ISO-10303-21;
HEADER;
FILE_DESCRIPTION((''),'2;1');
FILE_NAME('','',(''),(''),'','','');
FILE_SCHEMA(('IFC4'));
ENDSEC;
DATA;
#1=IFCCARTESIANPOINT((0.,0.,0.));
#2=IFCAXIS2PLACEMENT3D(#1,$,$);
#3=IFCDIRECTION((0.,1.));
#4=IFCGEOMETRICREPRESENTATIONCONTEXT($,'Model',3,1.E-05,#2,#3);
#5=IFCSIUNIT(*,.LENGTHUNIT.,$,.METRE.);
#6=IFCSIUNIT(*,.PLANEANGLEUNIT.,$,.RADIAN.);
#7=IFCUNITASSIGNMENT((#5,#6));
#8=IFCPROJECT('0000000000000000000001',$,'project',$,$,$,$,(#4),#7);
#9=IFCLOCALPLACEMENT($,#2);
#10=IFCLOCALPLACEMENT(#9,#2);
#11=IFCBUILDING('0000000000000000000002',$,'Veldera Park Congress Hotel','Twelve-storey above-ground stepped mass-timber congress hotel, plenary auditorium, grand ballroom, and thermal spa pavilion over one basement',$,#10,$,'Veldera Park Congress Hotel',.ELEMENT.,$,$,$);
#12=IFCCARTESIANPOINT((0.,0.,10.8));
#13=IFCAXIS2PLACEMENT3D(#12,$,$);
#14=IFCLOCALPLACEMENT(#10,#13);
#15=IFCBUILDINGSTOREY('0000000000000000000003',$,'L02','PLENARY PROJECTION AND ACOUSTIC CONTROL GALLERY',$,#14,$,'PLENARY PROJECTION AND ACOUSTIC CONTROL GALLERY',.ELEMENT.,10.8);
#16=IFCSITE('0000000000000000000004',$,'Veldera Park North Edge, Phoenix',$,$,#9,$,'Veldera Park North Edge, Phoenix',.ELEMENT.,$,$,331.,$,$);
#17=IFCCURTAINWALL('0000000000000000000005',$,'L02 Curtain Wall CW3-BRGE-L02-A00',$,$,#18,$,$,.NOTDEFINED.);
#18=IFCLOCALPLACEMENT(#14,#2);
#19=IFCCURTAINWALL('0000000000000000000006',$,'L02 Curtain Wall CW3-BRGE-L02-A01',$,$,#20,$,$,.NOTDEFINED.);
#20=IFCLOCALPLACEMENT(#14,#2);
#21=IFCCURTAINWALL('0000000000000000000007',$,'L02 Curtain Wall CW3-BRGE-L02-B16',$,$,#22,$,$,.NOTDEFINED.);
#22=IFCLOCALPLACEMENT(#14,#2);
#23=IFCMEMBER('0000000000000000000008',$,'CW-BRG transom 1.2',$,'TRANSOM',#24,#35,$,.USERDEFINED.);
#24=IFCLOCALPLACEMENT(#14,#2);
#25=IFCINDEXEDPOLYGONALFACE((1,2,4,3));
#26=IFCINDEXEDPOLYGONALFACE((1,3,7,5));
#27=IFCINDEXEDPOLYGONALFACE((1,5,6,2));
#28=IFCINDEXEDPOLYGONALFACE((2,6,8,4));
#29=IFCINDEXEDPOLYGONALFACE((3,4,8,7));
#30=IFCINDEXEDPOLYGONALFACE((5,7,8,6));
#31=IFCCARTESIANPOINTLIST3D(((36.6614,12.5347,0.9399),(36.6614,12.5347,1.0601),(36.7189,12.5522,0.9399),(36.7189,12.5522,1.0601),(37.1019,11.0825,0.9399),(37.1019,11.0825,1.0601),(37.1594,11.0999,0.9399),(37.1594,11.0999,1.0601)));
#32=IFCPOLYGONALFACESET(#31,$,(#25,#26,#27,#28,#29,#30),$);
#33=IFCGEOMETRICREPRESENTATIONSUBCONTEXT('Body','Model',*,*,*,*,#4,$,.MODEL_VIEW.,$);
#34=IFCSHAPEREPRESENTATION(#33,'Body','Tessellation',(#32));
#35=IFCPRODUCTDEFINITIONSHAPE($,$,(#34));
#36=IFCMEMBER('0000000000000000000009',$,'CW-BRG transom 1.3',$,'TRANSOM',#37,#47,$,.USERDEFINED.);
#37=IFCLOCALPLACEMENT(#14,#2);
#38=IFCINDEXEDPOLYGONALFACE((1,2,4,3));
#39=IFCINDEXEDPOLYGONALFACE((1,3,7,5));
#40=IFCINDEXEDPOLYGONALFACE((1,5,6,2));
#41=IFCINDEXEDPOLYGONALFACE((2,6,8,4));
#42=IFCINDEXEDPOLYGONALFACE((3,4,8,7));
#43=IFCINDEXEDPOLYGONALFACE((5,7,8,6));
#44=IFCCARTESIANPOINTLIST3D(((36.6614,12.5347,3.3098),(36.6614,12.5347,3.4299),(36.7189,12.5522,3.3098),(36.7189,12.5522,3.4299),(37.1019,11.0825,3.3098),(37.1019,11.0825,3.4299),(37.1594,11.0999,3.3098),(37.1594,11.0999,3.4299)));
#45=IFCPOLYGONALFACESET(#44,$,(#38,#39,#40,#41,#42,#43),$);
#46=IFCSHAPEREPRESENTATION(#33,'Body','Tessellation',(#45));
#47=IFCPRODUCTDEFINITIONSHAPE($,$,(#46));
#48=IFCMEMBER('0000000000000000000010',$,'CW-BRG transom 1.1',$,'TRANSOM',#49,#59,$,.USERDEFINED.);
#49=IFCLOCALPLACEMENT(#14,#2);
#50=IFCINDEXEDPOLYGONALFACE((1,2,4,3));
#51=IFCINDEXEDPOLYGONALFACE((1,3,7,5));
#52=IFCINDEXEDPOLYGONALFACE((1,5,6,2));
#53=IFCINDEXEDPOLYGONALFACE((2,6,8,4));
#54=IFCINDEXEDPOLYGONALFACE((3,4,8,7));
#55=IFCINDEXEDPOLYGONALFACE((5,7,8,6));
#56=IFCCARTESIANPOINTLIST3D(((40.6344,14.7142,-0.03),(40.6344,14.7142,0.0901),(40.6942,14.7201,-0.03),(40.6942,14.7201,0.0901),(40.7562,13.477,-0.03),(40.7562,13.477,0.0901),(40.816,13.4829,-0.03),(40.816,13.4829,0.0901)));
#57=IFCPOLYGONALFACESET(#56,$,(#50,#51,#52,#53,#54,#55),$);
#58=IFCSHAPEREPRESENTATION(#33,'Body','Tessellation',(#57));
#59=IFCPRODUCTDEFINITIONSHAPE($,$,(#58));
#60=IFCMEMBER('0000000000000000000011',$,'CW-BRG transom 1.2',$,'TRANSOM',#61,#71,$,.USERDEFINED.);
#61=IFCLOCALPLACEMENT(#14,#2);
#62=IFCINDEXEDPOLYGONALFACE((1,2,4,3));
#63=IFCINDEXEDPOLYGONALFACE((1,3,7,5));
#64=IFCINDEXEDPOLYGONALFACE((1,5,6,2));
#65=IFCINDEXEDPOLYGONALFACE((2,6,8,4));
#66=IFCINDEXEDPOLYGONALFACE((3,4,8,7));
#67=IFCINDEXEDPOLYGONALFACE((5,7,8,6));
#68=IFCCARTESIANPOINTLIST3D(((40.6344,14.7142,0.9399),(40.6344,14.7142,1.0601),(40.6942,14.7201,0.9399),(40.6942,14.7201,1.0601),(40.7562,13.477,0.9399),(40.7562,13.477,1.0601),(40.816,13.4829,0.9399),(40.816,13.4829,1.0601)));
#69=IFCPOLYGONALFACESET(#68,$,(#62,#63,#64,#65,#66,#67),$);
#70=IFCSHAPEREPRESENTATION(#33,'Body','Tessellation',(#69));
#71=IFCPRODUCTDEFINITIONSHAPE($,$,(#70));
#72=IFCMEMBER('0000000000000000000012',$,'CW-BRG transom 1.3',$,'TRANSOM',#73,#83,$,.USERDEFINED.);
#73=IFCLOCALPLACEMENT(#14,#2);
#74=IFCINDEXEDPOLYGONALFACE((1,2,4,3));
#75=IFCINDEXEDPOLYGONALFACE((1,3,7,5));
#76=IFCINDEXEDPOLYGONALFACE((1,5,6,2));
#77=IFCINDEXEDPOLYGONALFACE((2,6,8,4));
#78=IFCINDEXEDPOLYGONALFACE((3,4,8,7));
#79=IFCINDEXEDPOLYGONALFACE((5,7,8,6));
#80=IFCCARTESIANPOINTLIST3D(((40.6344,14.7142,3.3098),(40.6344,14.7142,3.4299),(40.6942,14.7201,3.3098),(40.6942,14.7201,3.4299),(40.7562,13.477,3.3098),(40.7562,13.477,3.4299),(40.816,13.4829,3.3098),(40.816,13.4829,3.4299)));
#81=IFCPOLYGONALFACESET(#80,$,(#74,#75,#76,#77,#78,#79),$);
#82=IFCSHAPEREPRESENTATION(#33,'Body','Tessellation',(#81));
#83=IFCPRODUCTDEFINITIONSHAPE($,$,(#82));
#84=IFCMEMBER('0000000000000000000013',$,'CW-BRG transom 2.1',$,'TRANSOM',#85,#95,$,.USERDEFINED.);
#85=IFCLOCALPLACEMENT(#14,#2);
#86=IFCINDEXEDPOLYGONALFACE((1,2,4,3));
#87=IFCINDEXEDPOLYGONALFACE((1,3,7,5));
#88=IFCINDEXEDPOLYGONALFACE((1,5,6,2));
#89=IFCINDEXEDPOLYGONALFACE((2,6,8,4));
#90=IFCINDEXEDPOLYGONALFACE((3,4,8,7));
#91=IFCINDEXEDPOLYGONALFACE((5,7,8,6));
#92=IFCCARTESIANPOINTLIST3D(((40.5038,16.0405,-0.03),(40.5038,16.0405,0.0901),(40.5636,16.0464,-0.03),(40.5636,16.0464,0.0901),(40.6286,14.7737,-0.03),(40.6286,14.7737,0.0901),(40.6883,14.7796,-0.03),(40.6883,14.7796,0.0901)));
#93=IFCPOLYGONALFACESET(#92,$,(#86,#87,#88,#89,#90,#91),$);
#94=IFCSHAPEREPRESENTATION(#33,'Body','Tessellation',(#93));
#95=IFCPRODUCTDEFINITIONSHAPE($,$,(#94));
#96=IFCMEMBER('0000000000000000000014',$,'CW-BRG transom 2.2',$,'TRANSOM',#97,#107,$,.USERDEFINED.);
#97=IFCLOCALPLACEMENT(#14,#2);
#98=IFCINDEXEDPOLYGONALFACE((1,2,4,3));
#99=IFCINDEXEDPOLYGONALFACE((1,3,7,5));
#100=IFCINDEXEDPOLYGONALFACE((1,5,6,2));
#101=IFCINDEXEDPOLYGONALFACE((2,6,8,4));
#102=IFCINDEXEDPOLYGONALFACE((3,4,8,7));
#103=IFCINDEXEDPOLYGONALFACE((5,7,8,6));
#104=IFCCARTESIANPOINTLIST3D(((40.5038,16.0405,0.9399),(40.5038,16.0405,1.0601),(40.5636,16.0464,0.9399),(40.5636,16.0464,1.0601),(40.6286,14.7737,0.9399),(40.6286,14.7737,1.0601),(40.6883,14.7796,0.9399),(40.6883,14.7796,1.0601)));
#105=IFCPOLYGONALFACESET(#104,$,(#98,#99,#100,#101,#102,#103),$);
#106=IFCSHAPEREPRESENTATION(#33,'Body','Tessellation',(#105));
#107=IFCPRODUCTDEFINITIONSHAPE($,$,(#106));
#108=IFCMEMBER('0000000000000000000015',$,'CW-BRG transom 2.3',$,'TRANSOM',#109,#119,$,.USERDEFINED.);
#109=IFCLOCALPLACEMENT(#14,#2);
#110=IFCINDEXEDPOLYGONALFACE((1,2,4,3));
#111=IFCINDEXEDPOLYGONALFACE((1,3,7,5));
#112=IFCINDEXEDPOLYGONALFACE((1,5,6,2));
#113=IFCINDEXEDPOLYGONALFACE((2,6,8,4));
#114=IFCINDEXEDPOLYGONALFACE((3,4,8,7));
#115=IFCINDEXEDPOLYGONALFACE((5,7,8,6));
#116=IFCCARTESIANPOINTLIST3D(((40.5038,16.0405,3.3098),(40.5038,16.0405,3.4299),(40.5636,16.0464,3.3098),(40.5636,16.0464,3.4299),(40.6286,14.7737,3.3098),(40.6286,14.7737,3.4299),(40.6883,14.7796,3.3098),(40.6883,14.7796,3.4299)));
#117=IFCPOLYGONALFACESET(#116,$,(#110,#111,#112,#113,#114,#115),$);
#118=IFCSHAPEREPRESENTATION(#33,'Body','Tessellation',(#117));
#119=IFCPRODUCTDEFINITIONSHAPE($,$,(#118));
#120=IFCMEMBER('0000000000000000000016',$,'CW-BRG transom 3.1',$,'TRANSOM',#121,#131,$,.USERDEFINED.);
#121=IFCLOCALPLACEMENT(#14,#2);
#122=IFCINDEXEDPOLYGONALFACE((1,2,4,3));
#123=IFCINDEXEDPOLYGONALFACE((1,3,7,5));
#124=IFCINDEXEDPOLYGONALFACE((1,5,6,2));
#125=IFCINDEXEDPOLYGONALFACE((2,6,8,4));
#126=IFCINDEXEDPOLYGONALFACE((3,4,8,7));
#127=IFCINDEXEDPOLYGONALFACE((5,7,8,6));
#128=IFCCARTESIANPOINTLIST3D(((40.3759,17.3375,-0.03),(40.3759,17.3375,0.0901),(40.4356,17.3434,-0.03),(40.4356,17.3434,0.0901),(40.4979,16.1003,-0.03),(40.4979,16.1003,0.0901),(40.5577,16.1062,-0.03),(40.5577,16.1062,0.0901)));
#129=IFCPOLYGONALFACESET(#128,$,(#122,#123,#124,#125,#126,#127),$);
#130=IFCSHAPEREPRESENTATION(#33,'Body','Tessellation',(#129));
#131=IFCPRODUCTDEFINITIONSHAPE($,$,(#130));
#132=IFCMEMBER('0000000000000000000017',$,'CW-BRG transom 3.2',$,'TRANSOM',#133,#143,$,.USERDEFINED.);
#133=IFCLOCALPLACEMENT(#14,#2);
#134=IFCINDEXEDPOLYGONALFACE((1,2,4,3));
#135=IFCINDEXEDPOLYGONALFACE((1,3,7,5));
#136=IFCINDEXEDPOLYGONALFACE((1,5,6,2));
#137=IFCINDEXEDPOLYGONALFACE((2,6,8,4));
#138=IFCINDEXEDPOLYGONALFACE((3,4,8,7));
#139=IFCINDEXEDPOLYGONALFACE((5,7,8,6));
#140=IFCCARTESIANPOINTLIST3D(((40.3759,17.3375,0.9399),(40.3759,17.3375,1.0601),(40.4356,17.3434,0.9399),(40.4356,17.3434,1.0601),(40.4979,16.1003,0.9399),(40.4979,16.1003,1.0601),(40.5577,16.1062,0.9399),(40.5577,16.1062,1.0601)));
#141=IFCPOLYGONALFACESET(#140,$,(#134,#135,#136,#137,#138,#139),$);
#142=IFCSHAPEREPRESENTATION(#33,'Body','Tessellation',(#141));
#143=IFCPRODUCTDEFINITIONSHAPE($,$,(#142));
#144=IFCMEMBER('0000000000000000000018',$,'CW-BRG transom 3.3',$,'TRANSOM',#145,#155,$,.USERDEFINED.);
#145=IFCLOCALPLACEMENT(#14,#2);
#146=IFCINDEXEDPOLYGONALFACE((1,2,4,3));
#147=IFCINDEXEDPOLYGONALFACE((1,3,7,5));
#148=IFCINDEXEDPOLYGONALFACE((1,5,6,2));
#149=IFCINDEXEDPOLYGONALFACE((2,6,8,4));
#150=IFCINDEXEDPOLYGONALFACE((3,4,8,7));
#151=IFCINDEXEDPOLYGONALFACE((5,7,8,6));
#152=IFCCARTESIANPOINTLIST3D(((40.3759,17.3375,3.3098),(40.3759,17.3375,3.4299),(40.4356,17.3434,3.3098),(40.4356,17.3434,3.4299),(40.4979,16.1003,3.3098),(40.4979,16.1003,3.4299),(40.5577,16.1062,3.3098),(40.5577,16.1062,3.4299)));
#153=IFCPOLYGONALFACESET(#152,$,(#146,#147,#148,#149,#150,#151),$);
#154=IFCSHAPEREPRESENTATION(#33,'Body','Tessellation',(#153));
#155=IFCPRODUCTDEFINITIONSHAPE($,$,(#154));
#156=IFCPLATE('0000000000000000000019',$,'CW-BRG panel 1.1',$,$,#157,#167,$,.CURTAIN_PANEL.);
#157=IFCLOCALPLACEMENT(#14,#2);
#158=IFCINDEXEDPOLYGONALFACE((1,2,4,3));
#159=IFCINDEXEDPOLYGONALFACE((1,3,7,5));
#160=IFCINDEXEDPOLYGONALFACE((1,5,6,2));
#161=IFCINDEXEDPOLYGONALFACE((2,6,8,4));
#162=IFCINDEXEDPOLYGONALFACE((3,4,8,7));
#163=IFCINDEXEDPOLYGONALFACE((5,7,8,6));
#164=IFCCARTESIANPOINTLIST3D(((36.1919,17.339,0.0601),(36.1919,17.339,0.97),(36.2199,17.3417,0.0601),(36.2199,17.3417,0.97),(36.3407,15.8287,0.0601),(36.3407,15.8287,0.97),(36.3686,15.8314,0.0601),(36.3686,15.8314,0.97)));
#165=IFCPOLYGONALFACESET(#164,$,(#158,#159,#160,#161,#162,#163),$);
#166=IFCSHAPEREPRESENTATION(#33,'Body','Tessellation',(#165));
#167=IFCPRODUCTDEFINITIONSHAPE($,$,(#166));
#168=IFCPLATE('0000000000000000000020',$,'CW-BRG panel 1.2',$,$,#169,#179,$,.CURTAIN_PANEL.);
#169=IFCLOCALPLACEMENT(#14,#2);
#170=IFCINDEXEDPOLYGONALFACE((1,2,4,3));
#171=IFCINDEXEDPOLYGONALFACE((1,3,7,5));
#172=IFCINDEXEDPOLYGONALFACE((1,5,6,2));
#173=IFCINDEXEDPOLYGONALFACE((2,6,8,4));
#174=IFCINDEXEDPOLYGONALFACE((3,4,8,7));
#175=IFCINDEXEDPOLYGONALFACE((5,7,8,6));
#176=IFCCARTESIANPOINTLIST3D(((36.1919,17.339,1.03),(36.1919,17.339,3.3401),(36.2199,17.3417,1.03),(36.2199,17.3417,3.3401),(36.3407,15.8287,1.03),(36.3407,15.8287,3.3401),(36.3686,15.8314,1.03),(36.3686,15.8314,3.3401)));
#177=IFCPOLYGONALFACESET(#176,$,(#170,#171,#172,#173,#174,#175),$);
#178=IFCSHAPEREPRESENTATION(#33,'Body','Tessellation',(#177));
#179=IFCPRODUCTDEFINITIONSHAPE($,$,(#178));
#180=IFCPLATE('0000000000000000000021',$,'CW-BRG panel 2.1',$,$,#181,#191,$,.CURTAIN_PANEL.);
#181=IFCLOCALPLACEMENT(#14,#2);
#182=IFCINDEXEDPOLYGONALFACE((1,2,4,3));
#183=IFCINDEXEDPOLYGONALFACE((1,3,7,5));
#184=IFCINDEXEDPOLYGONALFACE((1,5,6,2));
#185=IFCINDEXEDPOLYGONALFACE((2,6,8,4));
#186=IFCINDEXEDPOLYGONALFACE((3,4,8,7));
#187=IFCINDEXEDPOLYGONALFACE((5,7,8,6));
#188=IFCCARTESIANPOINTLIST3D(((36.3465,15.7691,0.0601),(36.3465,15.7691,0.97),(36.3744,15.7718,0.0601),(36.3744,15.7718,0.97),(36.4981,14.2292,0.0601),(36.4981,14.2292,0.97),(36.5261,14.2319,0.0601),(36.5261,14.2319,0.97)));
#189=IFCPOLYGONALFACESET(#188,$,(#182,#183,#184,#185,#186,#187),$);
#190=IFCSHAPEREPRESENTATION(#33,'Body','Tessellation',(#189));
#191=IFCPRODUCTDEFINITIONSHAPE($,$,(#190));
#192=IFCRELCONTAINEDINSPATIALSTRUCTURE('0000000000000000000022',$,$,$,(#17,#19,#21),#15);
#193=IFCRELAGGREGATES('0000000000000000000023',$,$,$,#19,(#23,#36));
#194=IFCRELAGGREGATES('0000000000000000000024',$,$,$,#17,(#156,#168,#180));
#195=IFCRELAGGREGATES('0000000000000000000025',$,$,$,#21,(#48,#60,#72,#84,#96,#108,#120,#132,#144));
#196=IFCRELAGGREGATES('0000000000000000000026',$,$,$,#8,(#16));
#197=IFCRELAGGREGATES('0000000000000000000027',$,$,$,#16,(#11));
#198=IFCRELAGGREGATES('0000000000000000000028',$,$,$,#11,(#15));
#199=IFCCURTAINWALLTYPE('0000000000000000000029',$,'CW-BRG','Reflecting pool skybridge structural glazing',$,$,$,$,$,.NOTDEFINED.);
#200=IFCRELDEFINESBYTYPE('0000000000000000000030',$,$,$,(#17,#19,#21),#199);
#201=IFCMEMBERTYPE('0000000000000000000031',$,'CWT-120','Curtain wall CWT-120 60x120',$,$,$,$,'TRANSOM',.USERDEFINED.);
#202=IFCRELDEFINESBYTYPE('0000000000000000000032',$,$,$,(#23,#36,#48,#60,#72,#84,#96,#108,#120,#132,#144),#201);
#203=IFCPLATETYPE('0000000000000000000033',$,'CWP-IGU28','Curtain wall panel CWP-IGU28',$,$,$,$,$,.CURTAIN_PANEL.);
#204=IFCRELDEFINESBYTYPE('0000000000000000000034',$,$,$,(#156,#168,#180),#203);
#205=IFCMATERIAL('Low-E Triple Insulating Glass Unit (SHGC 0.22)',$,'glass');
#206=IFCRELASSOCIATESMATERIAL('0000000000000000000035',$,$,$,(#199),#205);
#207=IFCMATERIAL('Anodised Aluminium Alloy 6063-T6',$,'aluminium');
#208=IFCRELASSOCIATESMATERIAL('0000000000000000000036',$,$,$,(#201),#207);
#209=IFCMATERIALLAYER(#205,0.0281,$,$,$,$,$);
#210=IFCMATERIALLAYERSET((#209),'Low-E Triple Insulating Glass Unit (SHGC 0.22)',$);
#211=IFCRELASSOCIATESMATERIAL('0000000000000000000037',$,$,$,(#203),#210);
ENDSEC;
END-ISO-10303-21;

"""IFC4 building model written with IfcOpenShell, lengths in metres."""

from ifc_helpers import new_model, si_unit, direction, frame, origin, origin_2d, place, context, subcontext, project, spatial, rectangle, extrude, material, layer, layer_set, material_profile, profile_set, type_object, element, aggregate, save


model = new_model("IFC4")

# Units and contexts
model_context = context("Model", 3, precision=1e-05, world=origin(), true_north=direction((0.0, 1.0)))
body_context = subcontext(model_context, "Body", "Model", "MODEL_VIEW")
ifc_project = project(units=[si_unit("LENGTHUNIT", "METRE"), si_unit("PLANEANGLEUNIT", "RADIAN")], contexts=[model_context])

# Site, building, storey
site_placement = place(None, origin())
site = spatial("IfcSite", under=ifc_project, at=site_placement, Name="Veldera Park North Edge, Phoenix", LongName="Veldera Park North Edge, Phoenix", CompositionType="ELEMENT", RefElevation=331.0)
building_placement = place(site_placement, origin())
building = spatial("IfcBuilding", under=site, at=building_placement, Name="Veldera Park Congress Hotel", Description="Twelve-storey above-ground stepped mass-timber congress hotel, plenary auditorium, grand ballroom, and thermal spa pavilion over one basement", LongName="Veldera Park Congress Hotel", CompositionType="ELEMENT")
storey_placement = place(building_placement, frame((0.0, 0.0, 10.8)))
storey = spatial("IfcBuildingStorey", under=building, at=storey_placement, Name="L02", Description="PLENARY PROJECTION AND ACOUSTIC CONTROL GALLERY", LongName="PLENARY PROJECTION AND ACOUSTIC CONTROL GALLERY", CompositionType="ELEMENT", Elevation=10.8)

# Curtain wall
ifc_material_1 = material(Name="Low-E Triple Insulating Glass Unit (SHGC 0.22)", Category="glass")
curtain_wall_type = type_object("IfcCurtainWallType", Name="CW-BRG", Description="Reflecting pool skybridge structural glazing", PredefinedType="NOTDEFINED", material=ifc_material_1)
curtain_wall_1_placement = place(storey_placement, origin())
curtain_wall_1 = element("IfcCurtainWall", 1, at=curtain_wall_1_placement, inside=storey, type_object=curtain_wall_type, Name="L02 Curtain Wall CW3-BRGE-L02-A00", PredefinedType="NOTDEFINED")
ifc_material_2 = material(Name="Anodised Aluminium Alloy 6063-T6", Category="aluminium")

# Curtain wall
curtain_wall_2_placement = place(storey_placement, origin())
curtain_wall_2 = element("IfcCurtainWall", 2, at=curtain_wall_2_placement, inside=storey, type_object=curtain_wall_type, Name="L02 Curtain Wall CW3-BRGE-L02-A01", PredefinedType="NOTDEFINED")

# Curtain wall
curtain_wall_3_placement = place(storey_placement, origin())
curtain_wall_3 = element("IfcCurtainWall", 3, at=curtain_wall_3_placement, inside=storey, type_object=curtain_wall_type, Name="L02 Curtain Wall CW3-BRGE-L02-B16", PredefinedType="NOTDEFINED")

# Members
ifc_material_profile_1 = material_profile(ifc_material_2, rectangle(XDim=0.0601, YDim=0.1201, at=origin_2d()), Name="ALU 60x120")
ifc_profile_set_1 = profile_set([ifc_material_profile_1], Name="Anodised Aluminium Alloy 6063-T6")
member_type_1 = type_object("IfcMemberType", Name="CWT-120", Description="Curtain wall CWT-120 60x120", ElementType="TRANSOM", PredefinedType="USERDEFINED", material=ifc_profile_set_1)
member_1_placement = place(storey_placement, frame((36.6902, 12.5435, 1.0), z_axis=(0.29024, -0.956954, 0.0), x_axis=(0.956954, 0.29024, 0.0)))
member_1 = element("IfcMember", 4, at=member_1_placement, type_object=member_type_1, Name="CW-BRG transom 1.2", ObjectType="TRANSOM", PredefinedType="USERDEFINED", context=body_context, shape_type="SweptSolid", body=[
    extrude(rectangle(XDim=0.0601, YDim=0.1201, at=origin_2d()), origin(), (0.0, 0.0, 1.0), 1.5176),
])
member_2_placement = place(storey_placement, frame((36.6902, 12.5435, 3.3699), z_axis=(0.29024, -0.956954, 0.0), x_axis=(0.956954, 0.29024, 0.0)))
member_2 = element("IfcMember", 5, at=member_2_placement, type_object=member_type_1, Name="CW-BRG transom 1.3", ObjectType="TRANSOM", PredefinedType="USERDEFINED", context=body_context, shape_type="SweptSolid", body=[
    extrude(rectangle(XDim=0.0601, YDim=0.1201, at=origin_2d()), origin(), (0.0, 0.0, 1.0), 1.5176),
])
aggregate(curtain_wall_2, [member_1, member_2])
member_3_placement = place(storey_placement, frame((40.7861, 13.48, 0.03), z_axis=(-0.098006, 0.995186, 0.0), x_axis=(-0.995186, -0.098006, 0.0)))
member_3 = element("IfcMember", 6, at=member_3_placement, type_object=member_type_1, Name="CW-BRG transom 1.1", ObjectType="TRANSOM", PredefinedType="USERDEFINED", context=body_context, shape_type="SweptSolid", body=[
    extrude(rectangle(XDim=0.0601, YDim=0.1201, at=origin_2d()), origin(), (0.0, 0.0, 1.0), 1.2432),
])
member_4_placement = place(storey_placement, frame((40.7861, 13.48, 1.0), z_axis=(-0.098006, 0.995186, 0.0), x_axis=(-0.995186, -0.098006, 0.0)))
member_4 = element("IfcMember", 7, at=member_4_placement, type_object=member_type_1, Name="CW-BRG transom 1.2", ObjectType="TRANSOM", PredefinedType="USERDEFINED", context=body_context, shape_type="SweptSolid", body=[
    extrude(rectangle(XDim=0.0601, YDim=0.1201, at=origin_2d()), origin(), (0.0, 0.0, 1.0), 1.2432),
])
member_5_placement = place(storey_placement, frame((40.7861, 13.48, 3.3699), z_axis=(-0.098006, 0.995186, 0.0), x_axis=(-0.995186, -0.098006, 0.0)))
member_5 = element("IfcMember", 8, at=member_5_placement, type_object=member_type_1, Name="CW-BRG transom 1.3", ObjectType="TRANSOM", PredefinedType="USERDEFINED", context=body_context, shape_type="SweptSolid", body=[
    extrude(rectangle(XDim=0.0601, YDim=0.1201, at=origin_2d()), origin(), (0.0, 0.0, 1.0), 1.2432),
])
member_6_placement = place(storey_placement, frame((40.6584, 14.7766, 0.03), z_axis=(-0.098003, 0.995186, 0.0), x_axis=(-0.995186, -0.098003, 0.0)))
member_6 = element("IfcMember", 9, at=member_6_placement, type_object=member_type_1, Name="CW-BRG transom 2.1", ObjectType="TRANSOM", PredefinedType="USERDEFINED", context=body_context, shape_type="SweptSolid", body=[
    extrude(rectangle(XDim=0.0601, YDim=0.1201, at=origin_2d()), origin(), (0.0, 0.0, 1.0), 1.2729),
])
member_7_placement = place(storey_placement, frame((40.6584, 14.7766, 1.0), z_axis=(-0.098003, 0.995186, 0.0), x_axis=(-0.995186, -0.098003, 0.0)))
member_7 = element("IfcMember", 10, at=member_7_placement, type_object=member_type_1, Name="CW-BRG transom 2.2", ObjectType="TRANSOM", PredefinedType="USERDEFINED", context=body_context, shape_type="SweptSolid", body=[
    extrude(rectangle(XDim=0.0601, YDim=0.1201, at=origin_2d()), origin(), (0.0, 0.0, 1.0), 1.2729),
])
member_8_placement = place(storey_placement, frame((40.6584, 14.7766, 3.3699), z_axis=(-0.098003, 0.995186, 0.0), x_axis=(-0.995186, -0.098003, 0.0)))
member_8 = element("IfcMember", 11, at=member_8_placement, type_object=member_type_1, Name="CW-BRG transom 2.3", ObjectType="TRANSOM", PredefinedType="USERDEFINED", context=body_context, shape_type="SweptSolid", body=[
    extrude(rectangle(XDim=0.0601, YDim=0.1201, at=origin_2d()), origin(), (0.0, 0.0, 1.0), 1.2729),
])
member_9_placement = place(storey_placement, frame((40.5278, 16.1033, 0.03), z_axis=(-0.098201, 0.995167, 0.0), x_axis=(-0.995167, -0.098201, 0.0)))
member_9 = element("IfcMember", 12, at=member_9_placement, type_object=member_type_1, Name="CW-BRG transom 3.1", ObjectType="TRANSOM", PredefinedType="USERDEFINED", context=body_context, shape_type="SweptSolid", body=[
    extrude(rectangle(XDim=0.0601, YDim=0.1201, at=origin_2d()), origin(), (0.0, 0.0, 1.0), 1.2432),
])
member_10_placement = place(storey_placement, frame((40.5278, 16.1033, 1.0), z_axis=(-0.098201, 0.995167, 0.0), x_axis=(-0.995167, -0.098201, 0.0)))
member_10 = element("IfcMember", 13, at=member_10_placement, type_object=member_type_1, Name="CW-BRG transom 3.2", ObjectType="TRANSOM", PredefinedType="USERDEFINED", context=body_context, shape_type="SweptSolid", body=[
    extrude(rectangle(XDim=0.0601, YDim=0.1201, at=origin_2d()), origin(), (0.0, 0.0, 1.0), 1.2432),
])
member_11_placement = place(storey_placement, frame((40.5278, 16.1033, 3.3699), z_axis=(-0.098201, 0.995167, 0.0), x_axis=(-0.995167, -0.098201, 0.0)))
member_11 = element("IfcMember", 14, at=member_11_placement, type_object=member_type_1, Name="CW-BRG transom 3.3", ObjectType="TRANSOM", PredefinedType="USERDEFINED", context=body_context, shape_type="SweptSolid", body=[
    extrude(rectangle(XDim=0.0601, YDim=0.1201, at=origin_2d()), origin(), (0.0, 0.0, 1.0), 1.2432),
])

# Plates
ifc_layer = layer(ifc_material_1, 0.0281)
ifc_layer_set = layer_set([ifc_layer], Name="Low-E Triple Insulating Glass Unit (SHGC 0.22)")
plate_type = type_object("IfcPlateType", Name="CWP-IGU28", Description="Curtain wall panel CWP-IGU28", PredefinedType="CURTAIN_PANEL", material=ifc_layer_set)
plate_1_placement = place(storey_placement, frame((36.2803, 16.5852, 0.0601), z_axis=(0.0, 0.0, 1.0), x_axis=(0.098021, -0.995184, 0.0)))
plate_1 = element("IfcPlate", 15, at=plate_1_placement, type_object=plate_type, Name="CW-BRG panel 1.1", PredefinedType="CURTAIN_PANEL", context=body_context, shape_type="SweptSolid", body=[
    extrude(rectangle(XDim=1.5176, YDim=0.0281, at=origin_2d()), origin(), (0.0, 0.0, 1.0), 0.9099),
])
plate_2_placement = place(storey_placement, frame((36.2803, 16.5852, 1.03), z_axis=(0.0, 0.0, 1.0), x_axis=(0.098021, -0.995184, 0.0)))
plate_2 = element("IfcPlate", 16, at=plate_2_placement, type_object=plate_type, Name="CW-BRG panel 1.2", PredefinedType="CURTAIN_PANEL", context=body_context, shape_type="SweptSolid", body=[
    extrude(rectangle(XDim=1.5176, YDim=0.0281, at=origin_2d()), origin(), (0.0, 0.0, 1.0), 2.3101),
])
plate_3_placement = place(storey_placement, frame((36.4363, 15.0005, 0.0601), z_axis=(0.0, 0.0, 1.0), x_axis=(0.098021, -0.995184, 0.0)))
plate_3 = element("IfcPlate", 17, at=plate_3_placement, type_object=plate_type, Name="CW-BRG panel 2.1", PredefinedType="CURTAIN_PANEL", context=body_context, shape_type="SweptSolid", body=[
    extrude(rectangle(XDim=1.5474, YDim=0.0281, at=origin_2d()), origin(), (0.0, 0.0, 1.0), 0.9099),
])
aggregate(curtain_wall_1, [plate_1, plate_2, plate_3])
aggregate(curtain_wall_3, [member_3, member_4, member_5, member_6, member_7, member_8, member_9, member_10, member_11])

save(model, "model.ifc")
